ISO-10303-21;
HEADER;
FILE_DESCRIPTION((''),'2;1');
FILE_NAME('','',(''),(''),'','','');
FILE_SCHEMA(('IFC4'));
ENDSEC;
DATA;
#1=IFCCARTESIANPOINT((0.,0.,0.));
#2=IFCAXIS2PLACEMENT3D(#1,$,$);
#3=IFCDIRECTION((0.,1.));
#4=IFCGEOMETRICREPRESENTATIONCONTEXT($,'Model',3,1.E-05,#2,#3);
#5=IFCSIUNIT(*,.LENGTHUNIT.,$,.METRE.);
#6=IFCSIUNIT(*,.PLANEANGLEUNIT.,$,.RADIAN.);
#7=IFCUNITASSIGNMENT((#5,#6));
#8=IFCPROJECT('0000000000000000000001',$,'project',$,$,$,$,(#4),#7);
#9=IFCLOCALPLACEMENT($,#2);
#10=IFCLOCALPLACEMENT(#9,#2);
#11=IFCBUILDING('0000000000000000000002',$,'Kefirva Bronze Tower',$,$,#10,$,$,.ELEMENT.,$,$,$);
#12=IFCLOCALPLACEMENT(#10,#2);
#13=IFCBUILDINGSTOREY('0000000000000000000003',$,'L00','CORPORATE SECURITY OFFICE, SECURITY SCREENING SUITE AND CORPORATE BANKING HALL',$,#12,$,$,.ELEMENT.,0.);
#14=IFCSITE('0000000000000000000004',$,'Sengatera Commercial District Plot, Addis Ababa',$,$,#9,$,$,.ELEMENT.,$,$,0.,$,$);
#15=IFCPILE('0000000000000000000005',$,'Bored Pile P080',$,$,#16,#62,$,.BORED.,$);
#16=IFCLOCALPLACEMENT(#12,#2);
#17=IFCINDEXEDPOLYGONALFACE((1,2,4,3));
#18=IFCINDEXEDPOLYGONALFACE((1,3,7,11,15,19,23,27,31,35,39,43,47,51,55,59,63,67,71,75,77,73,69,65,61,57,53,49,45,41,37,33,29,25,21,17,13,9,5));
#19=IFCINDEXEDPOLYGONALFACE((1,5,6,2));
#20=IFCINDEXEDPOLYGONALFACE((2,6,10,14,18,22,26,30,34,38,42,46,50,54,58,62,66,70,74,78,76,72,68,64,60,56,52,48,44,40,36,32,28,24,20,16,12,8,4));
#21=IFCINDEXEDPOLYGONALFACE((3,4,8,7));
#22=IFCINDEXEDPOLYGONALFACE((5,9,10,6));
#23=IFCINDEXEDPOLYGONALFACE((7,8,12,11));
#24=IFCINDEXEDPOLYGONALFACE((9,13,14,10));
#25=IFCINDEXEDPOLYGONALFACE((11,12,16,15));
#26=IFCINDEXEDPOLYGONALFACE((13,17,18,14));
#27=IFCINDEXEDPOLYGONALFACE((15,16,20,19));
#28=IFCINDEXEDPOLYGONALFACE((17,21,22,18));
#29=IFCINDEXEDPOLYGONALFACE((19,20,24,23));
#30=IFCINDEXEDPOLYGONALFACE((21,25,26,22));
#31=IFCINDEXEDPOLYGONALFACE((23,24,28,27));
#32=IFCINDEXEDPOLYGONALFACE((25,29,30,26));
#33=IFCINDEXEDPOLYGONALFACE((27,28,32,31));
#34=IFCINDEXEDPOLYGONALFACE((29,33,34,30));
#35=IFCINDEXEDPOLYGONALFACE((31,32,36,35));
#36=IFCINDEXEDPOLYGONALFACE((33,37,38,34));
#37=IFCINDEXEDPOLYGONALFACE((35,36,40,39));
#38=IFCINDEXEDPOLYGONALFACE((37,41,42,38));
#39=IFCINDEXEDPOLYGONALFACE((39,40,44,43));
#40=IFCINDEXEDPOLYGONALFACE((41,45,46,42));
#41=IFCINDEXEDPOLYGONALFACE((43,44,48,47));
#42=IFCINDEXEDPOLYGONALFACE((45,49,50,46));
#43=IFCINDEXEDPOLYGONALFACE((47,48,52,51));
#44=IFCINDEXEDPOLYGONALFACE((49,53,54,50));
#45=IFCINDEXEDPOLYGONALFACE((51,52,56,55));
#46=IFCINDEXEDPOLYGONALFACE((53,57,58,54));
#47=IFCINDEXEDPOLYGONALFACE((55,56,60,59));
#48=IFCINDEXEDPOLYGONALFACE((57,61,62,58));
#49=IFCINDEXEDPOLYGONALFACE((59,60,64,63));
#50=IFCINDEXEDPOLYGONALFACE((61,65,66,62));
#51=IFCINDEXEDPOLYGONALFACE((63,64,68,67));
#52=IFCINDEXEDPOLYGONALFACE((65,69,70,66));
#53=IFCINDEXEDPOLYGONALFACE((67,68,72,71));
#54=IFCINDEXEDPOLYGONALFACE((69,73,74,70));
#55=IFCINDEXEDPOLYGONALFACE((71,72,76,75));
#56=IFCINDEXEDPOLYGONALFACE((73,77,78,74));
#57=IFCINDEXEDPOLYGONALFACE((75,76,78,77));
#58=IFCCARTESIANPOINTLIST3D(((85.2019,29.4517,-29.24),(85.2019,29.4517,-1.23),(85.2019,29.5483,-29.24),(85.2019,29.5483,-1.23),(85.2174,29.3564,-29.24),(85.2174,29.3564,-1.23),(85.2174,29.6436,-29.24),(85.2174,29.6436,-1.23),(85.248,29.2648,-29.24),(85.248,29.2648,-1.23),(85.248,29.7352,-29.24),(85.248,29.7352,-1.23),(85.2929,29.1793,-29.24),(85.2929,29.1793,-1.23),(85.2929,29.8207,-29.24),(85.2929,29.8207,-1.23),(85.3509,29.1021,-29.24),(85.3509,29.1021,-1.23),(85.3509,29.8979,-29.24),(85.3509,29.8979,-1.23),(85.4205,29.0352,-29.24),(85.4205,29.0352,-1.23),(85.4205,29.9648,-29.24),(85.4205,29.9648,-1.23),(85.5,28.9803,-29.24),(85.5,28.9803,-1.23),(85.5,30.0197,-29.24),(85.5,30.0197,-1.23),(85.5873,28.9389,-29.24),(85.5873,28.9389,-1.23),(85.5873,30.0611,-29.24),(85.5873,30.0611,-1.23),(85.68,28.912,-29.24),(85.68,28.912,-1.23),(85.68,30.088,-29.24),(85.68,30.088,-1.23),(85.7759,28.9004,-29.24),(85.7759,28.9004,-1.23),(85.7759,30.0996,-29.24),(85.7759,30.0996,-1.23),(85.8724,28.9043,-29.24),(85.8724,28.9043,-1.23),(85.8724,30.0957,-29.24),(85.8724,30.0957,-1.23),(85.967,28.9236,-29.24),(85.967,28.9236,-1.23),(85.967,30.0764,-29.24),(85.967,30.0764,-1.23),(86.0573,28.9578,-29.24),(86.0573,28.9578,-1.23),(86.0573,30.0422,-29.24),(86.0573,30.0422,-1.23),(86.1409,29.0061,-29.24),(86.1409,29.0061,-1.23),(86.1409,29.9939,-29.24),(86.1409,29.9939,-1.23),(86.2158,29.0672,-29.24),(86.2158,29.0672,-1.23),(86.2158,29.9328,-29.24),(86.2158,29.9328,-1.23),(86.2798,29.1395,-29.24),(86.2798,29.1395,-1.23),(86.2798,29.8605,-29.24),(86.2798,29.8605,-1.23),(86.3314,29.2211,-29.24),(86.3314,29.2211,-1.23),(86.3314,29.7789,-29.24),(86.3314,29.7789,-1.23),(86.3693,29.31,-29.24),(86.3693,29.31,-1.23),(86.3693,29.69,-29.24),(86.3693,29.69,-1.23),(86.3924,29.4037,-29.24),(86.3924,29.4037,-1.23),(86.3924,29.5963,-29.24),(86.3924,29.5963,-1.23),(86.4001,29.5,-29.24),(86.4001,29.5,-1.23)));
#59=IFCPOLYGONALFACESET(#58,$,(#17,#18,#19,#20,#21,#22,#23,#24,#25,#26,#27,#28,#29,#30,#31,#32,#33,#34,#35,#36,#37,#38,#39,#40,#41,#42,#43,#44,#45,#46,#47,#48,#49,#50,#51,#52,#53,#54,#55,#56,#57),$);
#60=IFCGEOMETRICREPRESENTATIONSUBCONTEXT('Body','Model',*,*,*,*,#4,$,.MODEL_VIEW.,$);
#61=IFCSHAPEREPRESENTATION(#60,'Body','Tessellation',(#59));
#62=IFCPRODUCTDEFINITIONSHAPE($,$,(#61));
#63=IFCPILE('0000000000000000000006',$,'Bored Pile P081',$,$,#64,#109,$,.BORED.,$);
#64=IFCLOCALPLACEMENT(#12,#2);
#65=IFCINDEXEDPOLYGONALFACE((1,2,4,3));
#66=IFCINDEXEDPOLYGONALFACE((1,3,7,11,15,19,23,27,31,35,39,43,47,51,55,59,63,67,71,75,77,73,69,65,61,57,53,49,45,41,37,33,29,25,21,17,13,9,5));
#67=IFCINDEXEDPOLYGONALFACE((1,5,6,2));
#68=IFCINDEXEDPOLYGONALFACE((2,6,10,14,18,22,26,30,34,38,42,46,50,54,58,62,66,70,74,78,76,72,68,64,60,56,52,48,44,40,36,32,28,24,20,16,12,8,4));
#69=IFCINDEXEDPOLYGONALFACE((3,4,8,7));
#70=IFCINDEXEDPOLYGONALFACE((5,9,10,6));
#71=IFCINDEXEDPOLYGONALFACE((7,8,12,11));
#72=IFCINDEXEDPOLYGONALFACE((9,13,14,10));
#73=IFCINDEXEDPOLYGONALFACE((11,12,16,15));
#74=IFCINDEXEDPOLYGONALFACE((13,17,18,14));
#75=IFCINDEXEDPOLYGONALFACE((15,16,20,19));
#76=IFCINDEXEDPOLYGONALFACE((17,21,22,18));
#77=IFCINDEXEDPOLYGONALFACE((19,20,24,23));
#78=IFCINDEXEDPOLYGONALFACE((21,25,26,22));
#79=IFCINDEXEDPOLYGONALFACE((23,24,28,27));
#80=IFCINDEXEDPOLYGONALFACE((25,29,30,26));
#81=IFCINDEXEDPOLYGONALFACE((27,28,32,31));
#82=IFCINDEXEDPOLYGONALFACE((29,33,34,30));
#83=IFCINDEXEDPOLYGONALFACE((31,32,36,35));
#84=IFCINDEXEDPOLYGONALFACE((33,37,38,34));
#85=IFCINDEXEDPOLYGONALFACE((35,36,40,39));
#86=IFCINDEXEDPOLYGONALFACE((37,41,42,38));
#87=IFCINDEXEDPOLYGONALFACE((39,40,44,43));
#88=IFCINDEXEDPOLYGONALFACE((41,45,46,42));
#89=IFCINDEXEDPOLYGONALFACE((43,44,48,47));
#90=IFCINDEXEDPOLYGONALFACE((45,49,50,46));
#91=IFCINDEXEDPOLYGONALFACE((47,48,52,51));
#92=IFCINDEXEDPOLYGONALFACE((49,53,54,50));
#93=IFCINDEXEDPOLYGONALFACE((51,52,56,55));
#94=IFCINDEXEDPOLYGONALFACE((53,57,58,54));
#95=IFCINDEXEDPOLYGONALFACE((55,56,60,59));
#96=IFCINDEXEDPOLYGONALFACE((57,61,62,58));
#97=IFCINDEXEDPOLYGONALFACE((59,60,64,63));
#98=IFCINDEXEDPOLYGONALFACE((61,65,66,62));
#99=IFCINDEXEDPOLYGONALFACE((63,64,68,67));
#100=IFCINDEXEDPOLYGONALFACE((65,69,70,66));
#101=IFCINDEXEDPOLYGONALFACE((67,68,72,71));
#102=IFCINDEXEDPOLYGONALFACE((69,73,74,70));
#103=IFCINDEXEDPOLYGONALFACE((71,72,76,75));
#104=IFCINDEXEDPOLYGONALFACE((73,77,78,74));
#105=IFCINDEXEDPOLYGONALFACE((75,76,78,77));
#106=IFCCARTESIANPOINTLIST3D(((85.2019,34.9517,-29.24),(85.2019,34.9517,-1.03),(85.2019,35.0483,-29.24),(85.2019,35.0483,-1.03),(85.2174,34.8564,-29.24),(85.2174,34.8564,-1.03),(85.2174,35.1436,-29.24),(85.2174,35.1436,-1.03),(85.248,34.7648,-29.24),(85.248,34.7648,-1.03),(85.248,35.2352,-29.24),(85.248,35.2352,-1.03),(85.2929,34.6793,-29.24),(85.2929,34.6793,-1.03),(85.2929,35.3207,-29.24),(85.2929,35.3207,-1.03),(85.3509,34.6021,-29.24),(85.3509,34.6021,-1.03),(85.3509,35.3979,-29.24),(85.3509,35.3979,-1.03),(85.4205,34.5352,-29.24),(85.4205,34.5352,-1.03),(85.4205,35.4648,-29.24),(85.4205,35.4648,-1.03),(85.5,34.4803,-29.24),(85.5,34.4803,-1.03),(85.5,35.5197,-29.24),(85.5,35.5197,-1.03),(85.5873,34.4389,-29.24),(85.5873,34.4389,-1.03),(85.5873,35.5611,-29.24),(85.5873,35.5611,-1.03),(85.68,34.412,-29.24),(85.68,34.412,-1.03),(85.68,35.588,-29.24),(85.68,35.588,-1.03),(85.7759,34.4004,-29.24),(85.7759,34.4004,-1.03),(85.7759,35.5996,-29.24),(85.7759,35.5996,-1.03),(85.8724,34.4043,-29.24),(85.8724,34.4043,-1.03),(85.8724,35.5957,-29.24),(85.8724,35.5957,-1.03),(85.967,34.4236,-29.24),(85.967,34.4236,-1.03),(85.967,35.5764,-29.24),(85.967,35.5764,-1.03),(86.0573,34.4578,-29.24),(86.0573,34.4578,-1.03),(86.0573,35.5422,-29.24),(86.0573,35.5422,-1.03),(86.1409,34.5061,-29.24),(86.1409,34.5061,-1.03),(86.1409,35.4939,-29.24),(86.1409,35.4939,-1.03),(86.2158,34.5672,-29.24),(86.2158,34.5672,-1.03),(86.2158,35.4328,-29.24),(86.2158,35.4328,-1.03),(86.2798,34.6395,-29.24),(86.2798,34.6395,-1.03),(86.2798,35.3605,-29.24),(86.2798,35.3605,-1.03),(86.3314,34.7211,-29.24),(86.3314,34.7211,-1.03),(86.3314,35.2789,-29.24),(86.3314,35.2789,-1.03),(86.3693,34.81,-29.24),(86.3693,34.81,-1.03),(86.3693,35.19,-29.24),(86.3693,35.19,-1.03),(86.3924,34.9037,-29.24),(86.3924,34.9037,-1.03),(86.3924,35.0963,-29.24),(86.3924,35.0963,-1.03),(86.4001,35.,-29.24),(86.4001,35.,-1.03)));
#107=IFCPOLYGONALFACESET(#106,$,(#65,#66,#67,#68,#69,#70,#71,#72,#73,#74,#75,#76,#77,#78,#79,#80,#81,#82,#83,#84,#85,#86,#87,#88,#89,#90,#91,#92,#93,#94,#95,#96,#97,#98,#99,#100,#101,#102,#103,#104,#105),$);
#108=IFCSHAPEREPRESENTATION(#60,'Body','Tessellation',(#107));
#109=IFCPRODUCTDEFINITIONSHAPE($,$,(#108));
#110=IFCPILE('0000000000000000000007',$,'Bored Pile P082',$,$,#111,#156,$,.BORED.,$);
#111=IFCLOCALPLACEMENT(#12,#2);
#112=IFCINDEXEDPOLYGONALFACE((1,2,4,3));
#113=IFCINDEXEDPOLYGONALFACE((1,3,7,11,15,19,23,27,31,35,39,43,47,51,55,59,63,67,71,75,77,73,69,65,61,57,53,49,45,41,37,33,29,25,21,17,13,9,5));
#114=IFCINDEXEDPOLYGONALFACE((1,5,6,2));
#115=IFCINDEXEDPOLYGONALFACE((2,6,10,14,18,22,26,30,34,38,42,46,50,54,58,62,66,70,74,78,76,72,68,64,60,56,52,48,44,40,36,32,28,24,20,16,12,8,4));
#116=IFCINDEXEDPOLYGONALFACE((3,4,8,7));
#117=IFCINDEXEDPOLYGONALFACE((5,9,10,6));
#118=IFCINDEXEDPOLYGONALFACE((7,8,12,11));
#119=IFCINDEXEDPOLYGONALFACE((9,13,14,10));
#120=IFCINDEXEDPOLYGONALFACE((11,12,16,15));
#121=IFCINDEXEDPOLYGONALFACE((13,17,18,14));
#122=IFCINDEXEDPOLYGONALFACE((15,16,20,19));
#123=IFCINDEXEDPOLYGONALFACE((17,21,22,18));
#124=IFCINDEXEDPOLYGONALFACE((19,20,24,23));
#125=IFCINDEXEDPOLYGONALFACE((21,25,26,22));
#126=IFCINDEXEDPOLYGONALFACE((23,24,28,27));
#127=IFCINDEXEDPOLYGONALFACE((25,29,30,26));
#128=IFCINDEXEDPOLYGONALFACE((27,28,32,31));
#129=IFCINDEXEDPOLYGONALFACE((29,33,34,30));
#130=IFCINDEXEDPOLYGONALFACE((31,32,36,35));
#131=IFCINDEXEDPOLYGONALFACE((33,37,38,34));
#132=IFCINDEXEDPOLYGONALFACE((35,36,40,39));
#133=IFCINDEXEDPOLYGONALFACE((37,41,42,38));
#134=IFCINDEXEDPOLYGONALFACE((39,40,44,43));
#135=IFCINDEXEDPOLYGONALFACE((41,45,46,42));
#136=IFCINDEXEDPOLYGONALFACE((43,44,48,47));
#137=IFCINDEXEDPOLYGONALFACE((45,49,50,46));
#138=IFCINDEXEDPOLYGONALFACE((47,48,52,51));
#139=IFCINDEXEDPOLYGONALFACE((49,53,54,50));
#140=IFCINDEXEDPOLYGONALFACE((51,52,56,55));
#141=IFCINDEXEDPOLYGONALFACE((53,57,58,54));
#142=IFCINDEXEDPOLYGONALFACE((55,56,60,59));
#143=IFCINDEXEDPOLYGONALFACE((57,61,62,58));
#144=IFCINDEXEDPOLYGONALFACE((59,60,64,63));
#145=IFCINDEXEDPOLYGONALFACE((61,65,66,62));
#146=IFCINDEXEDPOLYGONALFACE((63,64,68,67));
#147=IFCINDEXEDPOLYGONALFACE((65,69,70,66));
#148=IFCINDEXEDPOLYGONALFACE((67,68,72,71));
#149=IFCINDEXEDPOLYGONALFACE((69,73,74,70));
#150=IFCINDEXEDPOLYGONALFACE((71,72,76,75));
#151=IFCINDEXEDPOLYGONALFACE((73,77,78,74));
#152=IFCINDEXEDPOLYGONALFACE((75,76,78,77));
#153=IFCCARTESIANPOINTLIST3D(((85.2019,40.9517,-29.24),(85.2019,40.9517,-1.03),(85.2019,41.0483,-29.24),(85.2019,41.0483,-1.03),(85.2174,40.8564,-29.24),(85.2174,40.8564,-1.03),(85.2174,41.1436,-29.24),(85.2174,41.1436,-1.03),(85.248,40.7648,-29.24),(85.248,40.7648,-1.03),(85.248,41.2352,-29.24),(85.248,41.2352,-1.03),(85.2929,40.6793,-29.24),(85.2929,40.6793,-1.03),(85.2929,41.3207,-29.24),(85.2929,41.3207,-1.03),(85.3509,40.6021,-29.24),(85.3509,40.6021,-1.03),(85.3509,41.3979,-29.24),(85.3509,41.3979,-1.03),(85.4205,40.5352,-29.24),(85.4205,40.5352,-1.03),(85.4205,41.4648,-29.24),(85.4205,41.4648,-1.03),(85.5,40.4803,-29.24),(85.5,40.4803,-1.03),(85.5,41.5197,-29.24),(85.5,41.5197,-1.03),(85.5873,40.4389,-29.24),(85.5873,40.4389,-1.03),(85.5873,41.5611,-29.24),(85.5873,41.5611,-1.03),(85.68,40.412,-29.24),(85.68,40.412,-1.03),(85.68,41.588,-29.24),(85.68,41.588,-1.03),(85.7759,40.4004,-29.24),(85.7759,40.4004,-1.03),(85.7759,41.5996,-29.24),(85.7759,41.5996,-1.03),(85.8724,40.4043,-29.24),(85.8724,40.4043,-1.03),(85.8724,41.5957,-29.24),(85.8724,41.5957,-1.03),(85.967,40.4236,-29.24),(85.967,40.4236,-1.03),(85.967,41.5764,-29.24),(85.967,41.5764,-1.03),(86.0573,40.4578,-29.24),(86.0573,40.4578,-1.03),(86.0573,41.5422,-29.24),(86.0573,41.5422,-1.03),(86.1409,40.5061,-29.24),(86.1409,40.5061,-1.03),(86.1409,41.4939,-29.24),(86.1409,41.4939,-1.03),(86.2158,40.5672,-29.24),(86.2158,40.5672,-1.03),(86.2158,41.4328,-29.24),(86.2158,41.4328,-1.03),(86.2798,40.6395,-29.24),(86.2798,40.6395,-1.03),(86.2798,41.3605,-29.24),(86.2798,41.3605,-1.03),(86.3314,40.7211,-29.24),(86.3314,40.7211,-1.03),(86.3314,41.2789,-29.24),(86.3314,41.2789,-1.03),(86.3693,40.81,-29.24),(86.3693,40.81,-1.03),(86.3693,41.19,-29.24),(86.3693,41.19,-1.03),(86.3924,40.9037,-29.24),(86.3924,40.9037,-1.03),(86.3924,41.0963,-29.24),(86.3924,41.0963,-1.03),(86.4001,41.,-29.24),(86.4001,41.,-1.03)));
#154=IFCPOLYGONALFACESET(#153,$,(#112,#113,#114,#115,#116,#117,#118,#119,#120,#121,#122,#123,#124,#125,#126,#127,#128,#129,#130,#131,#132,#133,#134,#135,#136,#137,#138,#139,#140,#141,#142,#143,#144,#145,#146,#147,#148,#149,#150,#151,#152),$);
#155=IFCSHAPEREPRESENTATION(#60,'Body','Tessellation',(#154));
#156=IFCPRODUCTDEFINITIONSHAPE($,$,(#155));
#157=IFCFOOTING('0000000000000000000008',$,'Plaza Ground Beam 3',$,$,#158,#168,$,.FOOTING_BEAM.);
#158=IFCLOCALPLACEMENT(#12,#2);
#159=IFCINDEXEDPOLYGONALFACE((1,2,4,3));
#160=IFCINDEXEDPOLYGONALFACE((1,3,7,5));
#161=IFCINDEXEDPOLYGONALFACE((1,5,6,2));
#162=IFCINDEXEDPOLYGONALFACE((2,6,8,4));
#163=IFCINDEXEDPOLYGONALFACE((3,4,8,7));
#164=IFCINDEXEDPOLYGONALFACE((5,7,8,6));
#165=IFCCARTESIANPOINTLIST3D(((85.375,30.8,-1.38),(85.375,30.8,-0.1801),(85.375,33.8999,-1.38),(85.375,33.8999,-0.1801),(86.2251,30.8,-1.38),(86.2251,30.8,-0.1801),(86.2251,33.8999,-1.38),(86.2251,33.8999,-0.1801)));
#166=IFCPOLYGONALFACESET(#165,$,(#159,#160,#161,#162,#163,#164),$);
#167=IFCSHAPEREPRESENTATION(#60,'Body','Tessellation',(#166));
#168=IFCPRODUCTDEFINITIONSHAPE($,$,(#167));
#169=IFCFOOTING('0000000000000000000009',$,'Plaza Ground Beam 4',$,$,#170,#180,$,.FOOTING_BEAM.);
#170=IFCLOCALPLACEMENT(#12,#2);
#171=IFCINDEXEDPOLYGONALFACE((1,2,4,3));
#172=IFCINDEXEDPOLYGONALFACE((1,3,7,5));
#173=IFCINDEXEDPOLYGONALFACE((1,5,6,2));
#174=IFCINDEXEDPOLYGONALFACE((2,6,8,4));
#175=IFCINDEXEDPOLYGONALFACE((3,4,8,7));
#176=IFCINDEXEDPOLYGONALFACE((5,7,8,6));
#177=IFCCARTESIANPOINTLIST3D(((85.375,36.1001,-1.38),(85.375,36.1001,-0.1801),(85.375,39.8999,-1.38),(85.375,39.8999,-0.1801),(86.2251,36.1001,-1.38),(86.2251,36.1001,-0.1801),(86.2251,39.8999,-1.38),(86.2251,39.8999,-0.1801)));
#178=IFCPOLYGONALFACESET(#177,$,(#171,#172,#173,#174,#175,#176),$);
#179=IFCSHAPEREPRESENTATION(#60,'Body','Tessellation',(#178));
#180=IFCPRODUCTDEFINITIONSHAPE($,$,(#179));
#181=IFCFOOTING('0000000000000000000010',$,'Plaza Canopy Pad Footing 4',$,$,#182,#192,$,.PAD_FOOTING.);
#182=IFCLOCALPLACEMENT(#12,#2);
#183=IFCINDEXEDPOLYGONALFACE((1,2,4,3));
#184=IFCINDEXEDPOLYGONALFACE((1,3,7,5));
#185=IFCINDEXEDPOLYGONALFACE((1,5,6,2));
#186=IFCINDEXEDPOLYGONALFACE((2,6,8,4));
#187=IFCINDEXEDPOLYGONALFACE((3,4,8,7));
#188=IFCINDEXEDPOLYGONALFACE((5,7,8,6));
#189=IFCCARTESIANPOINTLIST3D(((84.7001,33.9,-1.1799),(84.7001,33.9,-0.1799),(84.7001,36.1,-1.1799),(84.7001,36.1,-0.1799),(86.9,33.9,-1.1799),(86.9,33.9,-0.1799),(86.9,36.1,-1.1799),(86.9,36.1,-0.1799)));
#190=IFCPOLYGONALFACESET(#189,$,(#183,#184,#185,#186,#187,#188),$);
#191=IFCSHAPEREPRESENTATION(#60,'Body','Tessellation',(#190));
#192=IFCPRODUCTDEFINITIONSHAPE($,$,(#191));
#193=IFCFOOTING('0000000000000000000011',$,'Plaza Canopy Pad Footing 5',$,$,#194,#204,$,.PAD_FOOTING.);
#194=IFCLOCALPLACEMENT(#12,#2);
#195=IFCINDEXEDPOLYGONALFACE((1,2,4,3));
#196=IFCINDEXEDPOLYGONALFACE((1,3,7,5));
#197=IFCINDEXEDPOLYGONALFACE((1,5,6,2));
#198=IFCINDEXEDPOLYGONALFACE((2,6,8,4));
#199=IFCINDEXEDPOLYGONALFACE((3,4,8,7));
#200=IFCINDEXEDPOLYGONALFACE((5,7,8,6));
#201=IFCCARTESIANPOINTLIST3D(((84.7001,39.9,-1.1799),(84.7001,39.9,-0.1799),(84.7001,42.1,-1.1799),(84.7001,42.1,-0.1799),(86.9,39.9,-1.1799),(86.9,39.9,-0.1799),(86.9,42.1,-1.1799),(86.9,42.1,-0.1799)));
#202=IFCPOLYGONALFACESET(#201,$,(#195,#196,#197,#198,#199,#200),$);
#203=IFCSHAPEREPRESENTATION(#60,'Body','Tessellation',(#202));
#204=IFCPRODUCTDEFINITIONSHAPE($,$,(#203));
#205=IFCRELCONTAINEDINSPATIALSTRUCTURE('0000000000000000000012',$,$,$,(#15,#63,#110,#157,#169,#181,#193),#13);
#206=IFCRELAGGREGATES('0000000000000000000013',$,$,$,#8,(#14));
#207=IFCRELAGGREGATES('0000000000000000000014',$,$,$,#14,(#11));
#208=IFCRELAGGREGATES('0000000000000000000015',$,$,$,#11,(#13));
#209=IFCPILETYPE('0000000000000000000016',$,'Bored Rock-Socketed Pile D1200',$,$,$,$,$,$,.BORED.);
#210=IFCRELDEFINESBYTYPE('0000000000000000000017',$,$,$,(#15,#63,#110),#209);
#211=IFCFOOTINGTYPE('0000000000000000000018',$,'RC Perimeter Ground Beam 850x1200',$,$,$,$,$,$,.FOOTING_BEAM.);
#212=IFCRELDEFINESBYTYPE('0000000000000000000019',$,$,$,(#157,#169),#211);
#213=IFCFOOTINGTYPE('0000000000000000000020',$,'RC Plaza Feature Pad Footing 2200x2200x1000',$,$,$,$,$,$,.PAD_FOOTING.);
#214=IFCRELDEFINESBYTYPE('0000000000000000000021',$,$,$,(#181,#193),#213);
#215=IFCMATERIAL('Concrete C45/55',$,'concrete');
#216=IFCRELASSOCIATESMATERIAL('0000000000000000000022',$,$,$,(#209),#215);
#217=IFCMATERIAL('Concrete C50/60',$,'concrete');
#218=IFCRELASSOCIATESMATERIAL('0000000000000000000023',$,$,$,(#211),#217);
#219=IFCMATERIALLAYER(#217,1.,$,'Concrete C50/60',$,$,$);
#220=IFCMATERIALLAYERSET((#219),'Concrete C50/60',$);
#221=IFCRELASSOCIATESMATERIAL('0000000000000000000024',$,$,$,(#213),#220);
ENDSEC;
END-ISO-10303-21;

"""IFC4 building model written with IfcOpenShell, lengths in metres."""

from ifc_helpers import new_model, si_unit, direction, frame, origin, origin_2d, place, context, subcontext, project, spatial, rectangle, circle, extrude, material, layer, layer_set, material_profile, profile_set, type_object, element, save


model = new_model("IFC4")

# Units and contexts
model_context = context("Model", 3, precision=1e-05, world=origin(), true_north=direction((0.0, 1.0)))
body_context = subcontext(model_context, "Body", "Model", "MODEL_VIEW")
ifc_project = project(units=[si_unit("LENGTHUNIT", "METRE"), si_unit("PLANEANGLEUNIT", "RADIAN")], contexts=[model_context])

# Site, building, storey
site_placement = place(None, origin())
site = spatial("IfcSite", under=ifc_project, at=site_placement, Name="Sengatera Commercial District Plot, Addis Ababa", CompositionType="ELEMENT", RefElevation=0.0)
building_placement = place(site_placement, origin())
building = spatial("IfcBuilding", under=site, at=building_placement, Name="Kefirva Bronze Tower", CompositionType="ELEMENT")
storey_placement = place(building_placement, origin())
storey = spatial("IfcBuildingStorey", under=building, at=storey_placement, Name="L00", Description="CORPORATE SECURITY OFFICE, SECURITY SCREENING SUITE AND CORPORATE BANKING HALL", CompositionType="ELEMENT", Elevation=0.0)

# Piles
ifc_material_1 = material(Name="Concrete C45/55", Category="concrete")
ifc_material_profile_1 = material_profile(ifc_material_1, circle(Radius=0.6001, at=origin_2d()), Name="BORED PILE D1200")
ifc_profile_set_1 = profile_set([ifc_material_profile_1], Name="Concrete C45/55")
pile_type = type_object("IfcPileType", Name="Bored Rock-Socketed Pile D1200", PredefinedType="BORED", material=ifc_profile_set_1)
pile_placement = place(storey_placement, frame((85.8, 29.5, -1.23), z_axis=(0.0, 0.0, -1.0), x_axis=(1.0, 0.0, 0.0)))
element("IfcPile", 1, at=pile_placement, inside=storey, type_object=pile_type, Name="Bored Pile P080", PredefinedType="BORED", context=body_context, shape_type="SweptSolid", body=[
    extrude(circle(Radius=0.6001, at=origin_2d()), origin(), (0.0, 0.0, 1.0), 28.01),
])
for number, where, z_axis, x_axis, name in (
    (2, (85.8, 35.0, -1.03), (0.0, 0.0, -1.0), (1.0, 0.0, 0.0), "Bored Pile P081"),
    (3, (85.8, 41.0, -1.03), (0.0, 0.0, -1.0), (1.0, 0.0, 0.0), "Bored Pile P082"),
):
    element("IfcPile", number, at=place(storey_placement, frame(where, z_axis=z_axis, x_axis=x_axis)), inside=storey, type_object=pile_type, Name=name, PredefinedType="BORED", context=body_context, shape_type="SweptSolid", body=[
        extrude(circle(Radius=0.6001, at=origin_2d()), origin(), (0.0, 0.0, 1.0), 28.21),
    ])

# Footings
ifc_material_2 = material(Name="Concrete C50/60", Category="concrete")
ifc_material_profile_2 = material_profile(ifc_material_2, rectangle(XDim=0.8501, YDim=1.2, at=origin_2d()), Name="RC 850x1200")
ifc_profile_set_2 = profile_set([ifc_material_profile_2], Name="Concrete C50/60")
footing_type_1 = type_object("IfcFootingType", Name="RC Perimeter Ground Beam 850x1200", PredefinedType="FOOTING_BEAM", material=ifc_profile_set_2)
footing_1_placement = place(storey_placement, frame((85.8, 30.8, -0.78), z_axis=(0.0, 1.0, 0.0), x_axis=(-1.0, 0.0, 0.0)))
element("IfcFooting", 4, at=footing_1_placement, inside=storey, type_object=footing_type_1, Name="Plaza Ground Beam 3", PredefinedType="FOOTING_BEAM", context=body_context, shape_type="SweptSolid", body=[
    extrude(rectangle(XDim=0.8501, YDim=1.2, at=origin_2d()), origin(), (0.0, 0.0, 1.0), 3.0999),
])
footing_2_placement = place(storey_placement, frame((85.8, 36.1001, -0.78), z_axis=(0.0, 1.0, 0.0), x_axis=(-1.0, 0.0, 0.0)))
element("IfcFooting", 5, at=footing_2_placement, inside=storey, type_object=footing_type_1, Name="Plaza Ground Beam 4", PredefinedType="FOOTING_BEAM", context=body_context, shape_type="SweptSolid", body=[
    extrude(rectangle(XDim=0.8501, YDim=1.2, at=origin_2d()), origin(), (0.0, 0.0, 1.0), 3.7998),
])
ifc_layer_1 = layer(ifc_material_2, 1.0, Name="Concrete C50/60")
ifc_layer_set_1 = layer_set([ifc_layer_1], Name="Concrete C50/60")
footing_type_2 = type_object("IfcFootingType", Name="RC Plaza Feature Pad Footing 2200x2200x1000", PredefinedType="PAD_FOOTING", material=ifc_layer_set_1)
for number, where, z_axis, x_axis, name in (
    (6, (85.8, 35.0, -1.1799), (0.0, 0.0, 1.0), (1.0, 0.0, 0.0), "Plaza Canopy Pad Footing 4"),
    (7, (85.8, 41.0, -1.1799), (0.0, 0.0, 1.0), (1.0, 0.0, 0.0), "Plaza Canopy Pad Footing 5"),
):
    element("IfcFooting", number, at=place(storey_placement, frame(where, z_axis=z_axis, x_axis=x_axis)), inside=storey, type_object=footing_type_2, Name=name, PredefinedType="PAD_FOOTING", context=body_context, shape_type="SweptSolid", body=[
        extrude(rectangle(XDim=2.2, YDim=2.2, at=origin_2d()), origin(), (0.0, 0.0, 1.0), 1.0),
    ])

save(model, "model.ifc")
